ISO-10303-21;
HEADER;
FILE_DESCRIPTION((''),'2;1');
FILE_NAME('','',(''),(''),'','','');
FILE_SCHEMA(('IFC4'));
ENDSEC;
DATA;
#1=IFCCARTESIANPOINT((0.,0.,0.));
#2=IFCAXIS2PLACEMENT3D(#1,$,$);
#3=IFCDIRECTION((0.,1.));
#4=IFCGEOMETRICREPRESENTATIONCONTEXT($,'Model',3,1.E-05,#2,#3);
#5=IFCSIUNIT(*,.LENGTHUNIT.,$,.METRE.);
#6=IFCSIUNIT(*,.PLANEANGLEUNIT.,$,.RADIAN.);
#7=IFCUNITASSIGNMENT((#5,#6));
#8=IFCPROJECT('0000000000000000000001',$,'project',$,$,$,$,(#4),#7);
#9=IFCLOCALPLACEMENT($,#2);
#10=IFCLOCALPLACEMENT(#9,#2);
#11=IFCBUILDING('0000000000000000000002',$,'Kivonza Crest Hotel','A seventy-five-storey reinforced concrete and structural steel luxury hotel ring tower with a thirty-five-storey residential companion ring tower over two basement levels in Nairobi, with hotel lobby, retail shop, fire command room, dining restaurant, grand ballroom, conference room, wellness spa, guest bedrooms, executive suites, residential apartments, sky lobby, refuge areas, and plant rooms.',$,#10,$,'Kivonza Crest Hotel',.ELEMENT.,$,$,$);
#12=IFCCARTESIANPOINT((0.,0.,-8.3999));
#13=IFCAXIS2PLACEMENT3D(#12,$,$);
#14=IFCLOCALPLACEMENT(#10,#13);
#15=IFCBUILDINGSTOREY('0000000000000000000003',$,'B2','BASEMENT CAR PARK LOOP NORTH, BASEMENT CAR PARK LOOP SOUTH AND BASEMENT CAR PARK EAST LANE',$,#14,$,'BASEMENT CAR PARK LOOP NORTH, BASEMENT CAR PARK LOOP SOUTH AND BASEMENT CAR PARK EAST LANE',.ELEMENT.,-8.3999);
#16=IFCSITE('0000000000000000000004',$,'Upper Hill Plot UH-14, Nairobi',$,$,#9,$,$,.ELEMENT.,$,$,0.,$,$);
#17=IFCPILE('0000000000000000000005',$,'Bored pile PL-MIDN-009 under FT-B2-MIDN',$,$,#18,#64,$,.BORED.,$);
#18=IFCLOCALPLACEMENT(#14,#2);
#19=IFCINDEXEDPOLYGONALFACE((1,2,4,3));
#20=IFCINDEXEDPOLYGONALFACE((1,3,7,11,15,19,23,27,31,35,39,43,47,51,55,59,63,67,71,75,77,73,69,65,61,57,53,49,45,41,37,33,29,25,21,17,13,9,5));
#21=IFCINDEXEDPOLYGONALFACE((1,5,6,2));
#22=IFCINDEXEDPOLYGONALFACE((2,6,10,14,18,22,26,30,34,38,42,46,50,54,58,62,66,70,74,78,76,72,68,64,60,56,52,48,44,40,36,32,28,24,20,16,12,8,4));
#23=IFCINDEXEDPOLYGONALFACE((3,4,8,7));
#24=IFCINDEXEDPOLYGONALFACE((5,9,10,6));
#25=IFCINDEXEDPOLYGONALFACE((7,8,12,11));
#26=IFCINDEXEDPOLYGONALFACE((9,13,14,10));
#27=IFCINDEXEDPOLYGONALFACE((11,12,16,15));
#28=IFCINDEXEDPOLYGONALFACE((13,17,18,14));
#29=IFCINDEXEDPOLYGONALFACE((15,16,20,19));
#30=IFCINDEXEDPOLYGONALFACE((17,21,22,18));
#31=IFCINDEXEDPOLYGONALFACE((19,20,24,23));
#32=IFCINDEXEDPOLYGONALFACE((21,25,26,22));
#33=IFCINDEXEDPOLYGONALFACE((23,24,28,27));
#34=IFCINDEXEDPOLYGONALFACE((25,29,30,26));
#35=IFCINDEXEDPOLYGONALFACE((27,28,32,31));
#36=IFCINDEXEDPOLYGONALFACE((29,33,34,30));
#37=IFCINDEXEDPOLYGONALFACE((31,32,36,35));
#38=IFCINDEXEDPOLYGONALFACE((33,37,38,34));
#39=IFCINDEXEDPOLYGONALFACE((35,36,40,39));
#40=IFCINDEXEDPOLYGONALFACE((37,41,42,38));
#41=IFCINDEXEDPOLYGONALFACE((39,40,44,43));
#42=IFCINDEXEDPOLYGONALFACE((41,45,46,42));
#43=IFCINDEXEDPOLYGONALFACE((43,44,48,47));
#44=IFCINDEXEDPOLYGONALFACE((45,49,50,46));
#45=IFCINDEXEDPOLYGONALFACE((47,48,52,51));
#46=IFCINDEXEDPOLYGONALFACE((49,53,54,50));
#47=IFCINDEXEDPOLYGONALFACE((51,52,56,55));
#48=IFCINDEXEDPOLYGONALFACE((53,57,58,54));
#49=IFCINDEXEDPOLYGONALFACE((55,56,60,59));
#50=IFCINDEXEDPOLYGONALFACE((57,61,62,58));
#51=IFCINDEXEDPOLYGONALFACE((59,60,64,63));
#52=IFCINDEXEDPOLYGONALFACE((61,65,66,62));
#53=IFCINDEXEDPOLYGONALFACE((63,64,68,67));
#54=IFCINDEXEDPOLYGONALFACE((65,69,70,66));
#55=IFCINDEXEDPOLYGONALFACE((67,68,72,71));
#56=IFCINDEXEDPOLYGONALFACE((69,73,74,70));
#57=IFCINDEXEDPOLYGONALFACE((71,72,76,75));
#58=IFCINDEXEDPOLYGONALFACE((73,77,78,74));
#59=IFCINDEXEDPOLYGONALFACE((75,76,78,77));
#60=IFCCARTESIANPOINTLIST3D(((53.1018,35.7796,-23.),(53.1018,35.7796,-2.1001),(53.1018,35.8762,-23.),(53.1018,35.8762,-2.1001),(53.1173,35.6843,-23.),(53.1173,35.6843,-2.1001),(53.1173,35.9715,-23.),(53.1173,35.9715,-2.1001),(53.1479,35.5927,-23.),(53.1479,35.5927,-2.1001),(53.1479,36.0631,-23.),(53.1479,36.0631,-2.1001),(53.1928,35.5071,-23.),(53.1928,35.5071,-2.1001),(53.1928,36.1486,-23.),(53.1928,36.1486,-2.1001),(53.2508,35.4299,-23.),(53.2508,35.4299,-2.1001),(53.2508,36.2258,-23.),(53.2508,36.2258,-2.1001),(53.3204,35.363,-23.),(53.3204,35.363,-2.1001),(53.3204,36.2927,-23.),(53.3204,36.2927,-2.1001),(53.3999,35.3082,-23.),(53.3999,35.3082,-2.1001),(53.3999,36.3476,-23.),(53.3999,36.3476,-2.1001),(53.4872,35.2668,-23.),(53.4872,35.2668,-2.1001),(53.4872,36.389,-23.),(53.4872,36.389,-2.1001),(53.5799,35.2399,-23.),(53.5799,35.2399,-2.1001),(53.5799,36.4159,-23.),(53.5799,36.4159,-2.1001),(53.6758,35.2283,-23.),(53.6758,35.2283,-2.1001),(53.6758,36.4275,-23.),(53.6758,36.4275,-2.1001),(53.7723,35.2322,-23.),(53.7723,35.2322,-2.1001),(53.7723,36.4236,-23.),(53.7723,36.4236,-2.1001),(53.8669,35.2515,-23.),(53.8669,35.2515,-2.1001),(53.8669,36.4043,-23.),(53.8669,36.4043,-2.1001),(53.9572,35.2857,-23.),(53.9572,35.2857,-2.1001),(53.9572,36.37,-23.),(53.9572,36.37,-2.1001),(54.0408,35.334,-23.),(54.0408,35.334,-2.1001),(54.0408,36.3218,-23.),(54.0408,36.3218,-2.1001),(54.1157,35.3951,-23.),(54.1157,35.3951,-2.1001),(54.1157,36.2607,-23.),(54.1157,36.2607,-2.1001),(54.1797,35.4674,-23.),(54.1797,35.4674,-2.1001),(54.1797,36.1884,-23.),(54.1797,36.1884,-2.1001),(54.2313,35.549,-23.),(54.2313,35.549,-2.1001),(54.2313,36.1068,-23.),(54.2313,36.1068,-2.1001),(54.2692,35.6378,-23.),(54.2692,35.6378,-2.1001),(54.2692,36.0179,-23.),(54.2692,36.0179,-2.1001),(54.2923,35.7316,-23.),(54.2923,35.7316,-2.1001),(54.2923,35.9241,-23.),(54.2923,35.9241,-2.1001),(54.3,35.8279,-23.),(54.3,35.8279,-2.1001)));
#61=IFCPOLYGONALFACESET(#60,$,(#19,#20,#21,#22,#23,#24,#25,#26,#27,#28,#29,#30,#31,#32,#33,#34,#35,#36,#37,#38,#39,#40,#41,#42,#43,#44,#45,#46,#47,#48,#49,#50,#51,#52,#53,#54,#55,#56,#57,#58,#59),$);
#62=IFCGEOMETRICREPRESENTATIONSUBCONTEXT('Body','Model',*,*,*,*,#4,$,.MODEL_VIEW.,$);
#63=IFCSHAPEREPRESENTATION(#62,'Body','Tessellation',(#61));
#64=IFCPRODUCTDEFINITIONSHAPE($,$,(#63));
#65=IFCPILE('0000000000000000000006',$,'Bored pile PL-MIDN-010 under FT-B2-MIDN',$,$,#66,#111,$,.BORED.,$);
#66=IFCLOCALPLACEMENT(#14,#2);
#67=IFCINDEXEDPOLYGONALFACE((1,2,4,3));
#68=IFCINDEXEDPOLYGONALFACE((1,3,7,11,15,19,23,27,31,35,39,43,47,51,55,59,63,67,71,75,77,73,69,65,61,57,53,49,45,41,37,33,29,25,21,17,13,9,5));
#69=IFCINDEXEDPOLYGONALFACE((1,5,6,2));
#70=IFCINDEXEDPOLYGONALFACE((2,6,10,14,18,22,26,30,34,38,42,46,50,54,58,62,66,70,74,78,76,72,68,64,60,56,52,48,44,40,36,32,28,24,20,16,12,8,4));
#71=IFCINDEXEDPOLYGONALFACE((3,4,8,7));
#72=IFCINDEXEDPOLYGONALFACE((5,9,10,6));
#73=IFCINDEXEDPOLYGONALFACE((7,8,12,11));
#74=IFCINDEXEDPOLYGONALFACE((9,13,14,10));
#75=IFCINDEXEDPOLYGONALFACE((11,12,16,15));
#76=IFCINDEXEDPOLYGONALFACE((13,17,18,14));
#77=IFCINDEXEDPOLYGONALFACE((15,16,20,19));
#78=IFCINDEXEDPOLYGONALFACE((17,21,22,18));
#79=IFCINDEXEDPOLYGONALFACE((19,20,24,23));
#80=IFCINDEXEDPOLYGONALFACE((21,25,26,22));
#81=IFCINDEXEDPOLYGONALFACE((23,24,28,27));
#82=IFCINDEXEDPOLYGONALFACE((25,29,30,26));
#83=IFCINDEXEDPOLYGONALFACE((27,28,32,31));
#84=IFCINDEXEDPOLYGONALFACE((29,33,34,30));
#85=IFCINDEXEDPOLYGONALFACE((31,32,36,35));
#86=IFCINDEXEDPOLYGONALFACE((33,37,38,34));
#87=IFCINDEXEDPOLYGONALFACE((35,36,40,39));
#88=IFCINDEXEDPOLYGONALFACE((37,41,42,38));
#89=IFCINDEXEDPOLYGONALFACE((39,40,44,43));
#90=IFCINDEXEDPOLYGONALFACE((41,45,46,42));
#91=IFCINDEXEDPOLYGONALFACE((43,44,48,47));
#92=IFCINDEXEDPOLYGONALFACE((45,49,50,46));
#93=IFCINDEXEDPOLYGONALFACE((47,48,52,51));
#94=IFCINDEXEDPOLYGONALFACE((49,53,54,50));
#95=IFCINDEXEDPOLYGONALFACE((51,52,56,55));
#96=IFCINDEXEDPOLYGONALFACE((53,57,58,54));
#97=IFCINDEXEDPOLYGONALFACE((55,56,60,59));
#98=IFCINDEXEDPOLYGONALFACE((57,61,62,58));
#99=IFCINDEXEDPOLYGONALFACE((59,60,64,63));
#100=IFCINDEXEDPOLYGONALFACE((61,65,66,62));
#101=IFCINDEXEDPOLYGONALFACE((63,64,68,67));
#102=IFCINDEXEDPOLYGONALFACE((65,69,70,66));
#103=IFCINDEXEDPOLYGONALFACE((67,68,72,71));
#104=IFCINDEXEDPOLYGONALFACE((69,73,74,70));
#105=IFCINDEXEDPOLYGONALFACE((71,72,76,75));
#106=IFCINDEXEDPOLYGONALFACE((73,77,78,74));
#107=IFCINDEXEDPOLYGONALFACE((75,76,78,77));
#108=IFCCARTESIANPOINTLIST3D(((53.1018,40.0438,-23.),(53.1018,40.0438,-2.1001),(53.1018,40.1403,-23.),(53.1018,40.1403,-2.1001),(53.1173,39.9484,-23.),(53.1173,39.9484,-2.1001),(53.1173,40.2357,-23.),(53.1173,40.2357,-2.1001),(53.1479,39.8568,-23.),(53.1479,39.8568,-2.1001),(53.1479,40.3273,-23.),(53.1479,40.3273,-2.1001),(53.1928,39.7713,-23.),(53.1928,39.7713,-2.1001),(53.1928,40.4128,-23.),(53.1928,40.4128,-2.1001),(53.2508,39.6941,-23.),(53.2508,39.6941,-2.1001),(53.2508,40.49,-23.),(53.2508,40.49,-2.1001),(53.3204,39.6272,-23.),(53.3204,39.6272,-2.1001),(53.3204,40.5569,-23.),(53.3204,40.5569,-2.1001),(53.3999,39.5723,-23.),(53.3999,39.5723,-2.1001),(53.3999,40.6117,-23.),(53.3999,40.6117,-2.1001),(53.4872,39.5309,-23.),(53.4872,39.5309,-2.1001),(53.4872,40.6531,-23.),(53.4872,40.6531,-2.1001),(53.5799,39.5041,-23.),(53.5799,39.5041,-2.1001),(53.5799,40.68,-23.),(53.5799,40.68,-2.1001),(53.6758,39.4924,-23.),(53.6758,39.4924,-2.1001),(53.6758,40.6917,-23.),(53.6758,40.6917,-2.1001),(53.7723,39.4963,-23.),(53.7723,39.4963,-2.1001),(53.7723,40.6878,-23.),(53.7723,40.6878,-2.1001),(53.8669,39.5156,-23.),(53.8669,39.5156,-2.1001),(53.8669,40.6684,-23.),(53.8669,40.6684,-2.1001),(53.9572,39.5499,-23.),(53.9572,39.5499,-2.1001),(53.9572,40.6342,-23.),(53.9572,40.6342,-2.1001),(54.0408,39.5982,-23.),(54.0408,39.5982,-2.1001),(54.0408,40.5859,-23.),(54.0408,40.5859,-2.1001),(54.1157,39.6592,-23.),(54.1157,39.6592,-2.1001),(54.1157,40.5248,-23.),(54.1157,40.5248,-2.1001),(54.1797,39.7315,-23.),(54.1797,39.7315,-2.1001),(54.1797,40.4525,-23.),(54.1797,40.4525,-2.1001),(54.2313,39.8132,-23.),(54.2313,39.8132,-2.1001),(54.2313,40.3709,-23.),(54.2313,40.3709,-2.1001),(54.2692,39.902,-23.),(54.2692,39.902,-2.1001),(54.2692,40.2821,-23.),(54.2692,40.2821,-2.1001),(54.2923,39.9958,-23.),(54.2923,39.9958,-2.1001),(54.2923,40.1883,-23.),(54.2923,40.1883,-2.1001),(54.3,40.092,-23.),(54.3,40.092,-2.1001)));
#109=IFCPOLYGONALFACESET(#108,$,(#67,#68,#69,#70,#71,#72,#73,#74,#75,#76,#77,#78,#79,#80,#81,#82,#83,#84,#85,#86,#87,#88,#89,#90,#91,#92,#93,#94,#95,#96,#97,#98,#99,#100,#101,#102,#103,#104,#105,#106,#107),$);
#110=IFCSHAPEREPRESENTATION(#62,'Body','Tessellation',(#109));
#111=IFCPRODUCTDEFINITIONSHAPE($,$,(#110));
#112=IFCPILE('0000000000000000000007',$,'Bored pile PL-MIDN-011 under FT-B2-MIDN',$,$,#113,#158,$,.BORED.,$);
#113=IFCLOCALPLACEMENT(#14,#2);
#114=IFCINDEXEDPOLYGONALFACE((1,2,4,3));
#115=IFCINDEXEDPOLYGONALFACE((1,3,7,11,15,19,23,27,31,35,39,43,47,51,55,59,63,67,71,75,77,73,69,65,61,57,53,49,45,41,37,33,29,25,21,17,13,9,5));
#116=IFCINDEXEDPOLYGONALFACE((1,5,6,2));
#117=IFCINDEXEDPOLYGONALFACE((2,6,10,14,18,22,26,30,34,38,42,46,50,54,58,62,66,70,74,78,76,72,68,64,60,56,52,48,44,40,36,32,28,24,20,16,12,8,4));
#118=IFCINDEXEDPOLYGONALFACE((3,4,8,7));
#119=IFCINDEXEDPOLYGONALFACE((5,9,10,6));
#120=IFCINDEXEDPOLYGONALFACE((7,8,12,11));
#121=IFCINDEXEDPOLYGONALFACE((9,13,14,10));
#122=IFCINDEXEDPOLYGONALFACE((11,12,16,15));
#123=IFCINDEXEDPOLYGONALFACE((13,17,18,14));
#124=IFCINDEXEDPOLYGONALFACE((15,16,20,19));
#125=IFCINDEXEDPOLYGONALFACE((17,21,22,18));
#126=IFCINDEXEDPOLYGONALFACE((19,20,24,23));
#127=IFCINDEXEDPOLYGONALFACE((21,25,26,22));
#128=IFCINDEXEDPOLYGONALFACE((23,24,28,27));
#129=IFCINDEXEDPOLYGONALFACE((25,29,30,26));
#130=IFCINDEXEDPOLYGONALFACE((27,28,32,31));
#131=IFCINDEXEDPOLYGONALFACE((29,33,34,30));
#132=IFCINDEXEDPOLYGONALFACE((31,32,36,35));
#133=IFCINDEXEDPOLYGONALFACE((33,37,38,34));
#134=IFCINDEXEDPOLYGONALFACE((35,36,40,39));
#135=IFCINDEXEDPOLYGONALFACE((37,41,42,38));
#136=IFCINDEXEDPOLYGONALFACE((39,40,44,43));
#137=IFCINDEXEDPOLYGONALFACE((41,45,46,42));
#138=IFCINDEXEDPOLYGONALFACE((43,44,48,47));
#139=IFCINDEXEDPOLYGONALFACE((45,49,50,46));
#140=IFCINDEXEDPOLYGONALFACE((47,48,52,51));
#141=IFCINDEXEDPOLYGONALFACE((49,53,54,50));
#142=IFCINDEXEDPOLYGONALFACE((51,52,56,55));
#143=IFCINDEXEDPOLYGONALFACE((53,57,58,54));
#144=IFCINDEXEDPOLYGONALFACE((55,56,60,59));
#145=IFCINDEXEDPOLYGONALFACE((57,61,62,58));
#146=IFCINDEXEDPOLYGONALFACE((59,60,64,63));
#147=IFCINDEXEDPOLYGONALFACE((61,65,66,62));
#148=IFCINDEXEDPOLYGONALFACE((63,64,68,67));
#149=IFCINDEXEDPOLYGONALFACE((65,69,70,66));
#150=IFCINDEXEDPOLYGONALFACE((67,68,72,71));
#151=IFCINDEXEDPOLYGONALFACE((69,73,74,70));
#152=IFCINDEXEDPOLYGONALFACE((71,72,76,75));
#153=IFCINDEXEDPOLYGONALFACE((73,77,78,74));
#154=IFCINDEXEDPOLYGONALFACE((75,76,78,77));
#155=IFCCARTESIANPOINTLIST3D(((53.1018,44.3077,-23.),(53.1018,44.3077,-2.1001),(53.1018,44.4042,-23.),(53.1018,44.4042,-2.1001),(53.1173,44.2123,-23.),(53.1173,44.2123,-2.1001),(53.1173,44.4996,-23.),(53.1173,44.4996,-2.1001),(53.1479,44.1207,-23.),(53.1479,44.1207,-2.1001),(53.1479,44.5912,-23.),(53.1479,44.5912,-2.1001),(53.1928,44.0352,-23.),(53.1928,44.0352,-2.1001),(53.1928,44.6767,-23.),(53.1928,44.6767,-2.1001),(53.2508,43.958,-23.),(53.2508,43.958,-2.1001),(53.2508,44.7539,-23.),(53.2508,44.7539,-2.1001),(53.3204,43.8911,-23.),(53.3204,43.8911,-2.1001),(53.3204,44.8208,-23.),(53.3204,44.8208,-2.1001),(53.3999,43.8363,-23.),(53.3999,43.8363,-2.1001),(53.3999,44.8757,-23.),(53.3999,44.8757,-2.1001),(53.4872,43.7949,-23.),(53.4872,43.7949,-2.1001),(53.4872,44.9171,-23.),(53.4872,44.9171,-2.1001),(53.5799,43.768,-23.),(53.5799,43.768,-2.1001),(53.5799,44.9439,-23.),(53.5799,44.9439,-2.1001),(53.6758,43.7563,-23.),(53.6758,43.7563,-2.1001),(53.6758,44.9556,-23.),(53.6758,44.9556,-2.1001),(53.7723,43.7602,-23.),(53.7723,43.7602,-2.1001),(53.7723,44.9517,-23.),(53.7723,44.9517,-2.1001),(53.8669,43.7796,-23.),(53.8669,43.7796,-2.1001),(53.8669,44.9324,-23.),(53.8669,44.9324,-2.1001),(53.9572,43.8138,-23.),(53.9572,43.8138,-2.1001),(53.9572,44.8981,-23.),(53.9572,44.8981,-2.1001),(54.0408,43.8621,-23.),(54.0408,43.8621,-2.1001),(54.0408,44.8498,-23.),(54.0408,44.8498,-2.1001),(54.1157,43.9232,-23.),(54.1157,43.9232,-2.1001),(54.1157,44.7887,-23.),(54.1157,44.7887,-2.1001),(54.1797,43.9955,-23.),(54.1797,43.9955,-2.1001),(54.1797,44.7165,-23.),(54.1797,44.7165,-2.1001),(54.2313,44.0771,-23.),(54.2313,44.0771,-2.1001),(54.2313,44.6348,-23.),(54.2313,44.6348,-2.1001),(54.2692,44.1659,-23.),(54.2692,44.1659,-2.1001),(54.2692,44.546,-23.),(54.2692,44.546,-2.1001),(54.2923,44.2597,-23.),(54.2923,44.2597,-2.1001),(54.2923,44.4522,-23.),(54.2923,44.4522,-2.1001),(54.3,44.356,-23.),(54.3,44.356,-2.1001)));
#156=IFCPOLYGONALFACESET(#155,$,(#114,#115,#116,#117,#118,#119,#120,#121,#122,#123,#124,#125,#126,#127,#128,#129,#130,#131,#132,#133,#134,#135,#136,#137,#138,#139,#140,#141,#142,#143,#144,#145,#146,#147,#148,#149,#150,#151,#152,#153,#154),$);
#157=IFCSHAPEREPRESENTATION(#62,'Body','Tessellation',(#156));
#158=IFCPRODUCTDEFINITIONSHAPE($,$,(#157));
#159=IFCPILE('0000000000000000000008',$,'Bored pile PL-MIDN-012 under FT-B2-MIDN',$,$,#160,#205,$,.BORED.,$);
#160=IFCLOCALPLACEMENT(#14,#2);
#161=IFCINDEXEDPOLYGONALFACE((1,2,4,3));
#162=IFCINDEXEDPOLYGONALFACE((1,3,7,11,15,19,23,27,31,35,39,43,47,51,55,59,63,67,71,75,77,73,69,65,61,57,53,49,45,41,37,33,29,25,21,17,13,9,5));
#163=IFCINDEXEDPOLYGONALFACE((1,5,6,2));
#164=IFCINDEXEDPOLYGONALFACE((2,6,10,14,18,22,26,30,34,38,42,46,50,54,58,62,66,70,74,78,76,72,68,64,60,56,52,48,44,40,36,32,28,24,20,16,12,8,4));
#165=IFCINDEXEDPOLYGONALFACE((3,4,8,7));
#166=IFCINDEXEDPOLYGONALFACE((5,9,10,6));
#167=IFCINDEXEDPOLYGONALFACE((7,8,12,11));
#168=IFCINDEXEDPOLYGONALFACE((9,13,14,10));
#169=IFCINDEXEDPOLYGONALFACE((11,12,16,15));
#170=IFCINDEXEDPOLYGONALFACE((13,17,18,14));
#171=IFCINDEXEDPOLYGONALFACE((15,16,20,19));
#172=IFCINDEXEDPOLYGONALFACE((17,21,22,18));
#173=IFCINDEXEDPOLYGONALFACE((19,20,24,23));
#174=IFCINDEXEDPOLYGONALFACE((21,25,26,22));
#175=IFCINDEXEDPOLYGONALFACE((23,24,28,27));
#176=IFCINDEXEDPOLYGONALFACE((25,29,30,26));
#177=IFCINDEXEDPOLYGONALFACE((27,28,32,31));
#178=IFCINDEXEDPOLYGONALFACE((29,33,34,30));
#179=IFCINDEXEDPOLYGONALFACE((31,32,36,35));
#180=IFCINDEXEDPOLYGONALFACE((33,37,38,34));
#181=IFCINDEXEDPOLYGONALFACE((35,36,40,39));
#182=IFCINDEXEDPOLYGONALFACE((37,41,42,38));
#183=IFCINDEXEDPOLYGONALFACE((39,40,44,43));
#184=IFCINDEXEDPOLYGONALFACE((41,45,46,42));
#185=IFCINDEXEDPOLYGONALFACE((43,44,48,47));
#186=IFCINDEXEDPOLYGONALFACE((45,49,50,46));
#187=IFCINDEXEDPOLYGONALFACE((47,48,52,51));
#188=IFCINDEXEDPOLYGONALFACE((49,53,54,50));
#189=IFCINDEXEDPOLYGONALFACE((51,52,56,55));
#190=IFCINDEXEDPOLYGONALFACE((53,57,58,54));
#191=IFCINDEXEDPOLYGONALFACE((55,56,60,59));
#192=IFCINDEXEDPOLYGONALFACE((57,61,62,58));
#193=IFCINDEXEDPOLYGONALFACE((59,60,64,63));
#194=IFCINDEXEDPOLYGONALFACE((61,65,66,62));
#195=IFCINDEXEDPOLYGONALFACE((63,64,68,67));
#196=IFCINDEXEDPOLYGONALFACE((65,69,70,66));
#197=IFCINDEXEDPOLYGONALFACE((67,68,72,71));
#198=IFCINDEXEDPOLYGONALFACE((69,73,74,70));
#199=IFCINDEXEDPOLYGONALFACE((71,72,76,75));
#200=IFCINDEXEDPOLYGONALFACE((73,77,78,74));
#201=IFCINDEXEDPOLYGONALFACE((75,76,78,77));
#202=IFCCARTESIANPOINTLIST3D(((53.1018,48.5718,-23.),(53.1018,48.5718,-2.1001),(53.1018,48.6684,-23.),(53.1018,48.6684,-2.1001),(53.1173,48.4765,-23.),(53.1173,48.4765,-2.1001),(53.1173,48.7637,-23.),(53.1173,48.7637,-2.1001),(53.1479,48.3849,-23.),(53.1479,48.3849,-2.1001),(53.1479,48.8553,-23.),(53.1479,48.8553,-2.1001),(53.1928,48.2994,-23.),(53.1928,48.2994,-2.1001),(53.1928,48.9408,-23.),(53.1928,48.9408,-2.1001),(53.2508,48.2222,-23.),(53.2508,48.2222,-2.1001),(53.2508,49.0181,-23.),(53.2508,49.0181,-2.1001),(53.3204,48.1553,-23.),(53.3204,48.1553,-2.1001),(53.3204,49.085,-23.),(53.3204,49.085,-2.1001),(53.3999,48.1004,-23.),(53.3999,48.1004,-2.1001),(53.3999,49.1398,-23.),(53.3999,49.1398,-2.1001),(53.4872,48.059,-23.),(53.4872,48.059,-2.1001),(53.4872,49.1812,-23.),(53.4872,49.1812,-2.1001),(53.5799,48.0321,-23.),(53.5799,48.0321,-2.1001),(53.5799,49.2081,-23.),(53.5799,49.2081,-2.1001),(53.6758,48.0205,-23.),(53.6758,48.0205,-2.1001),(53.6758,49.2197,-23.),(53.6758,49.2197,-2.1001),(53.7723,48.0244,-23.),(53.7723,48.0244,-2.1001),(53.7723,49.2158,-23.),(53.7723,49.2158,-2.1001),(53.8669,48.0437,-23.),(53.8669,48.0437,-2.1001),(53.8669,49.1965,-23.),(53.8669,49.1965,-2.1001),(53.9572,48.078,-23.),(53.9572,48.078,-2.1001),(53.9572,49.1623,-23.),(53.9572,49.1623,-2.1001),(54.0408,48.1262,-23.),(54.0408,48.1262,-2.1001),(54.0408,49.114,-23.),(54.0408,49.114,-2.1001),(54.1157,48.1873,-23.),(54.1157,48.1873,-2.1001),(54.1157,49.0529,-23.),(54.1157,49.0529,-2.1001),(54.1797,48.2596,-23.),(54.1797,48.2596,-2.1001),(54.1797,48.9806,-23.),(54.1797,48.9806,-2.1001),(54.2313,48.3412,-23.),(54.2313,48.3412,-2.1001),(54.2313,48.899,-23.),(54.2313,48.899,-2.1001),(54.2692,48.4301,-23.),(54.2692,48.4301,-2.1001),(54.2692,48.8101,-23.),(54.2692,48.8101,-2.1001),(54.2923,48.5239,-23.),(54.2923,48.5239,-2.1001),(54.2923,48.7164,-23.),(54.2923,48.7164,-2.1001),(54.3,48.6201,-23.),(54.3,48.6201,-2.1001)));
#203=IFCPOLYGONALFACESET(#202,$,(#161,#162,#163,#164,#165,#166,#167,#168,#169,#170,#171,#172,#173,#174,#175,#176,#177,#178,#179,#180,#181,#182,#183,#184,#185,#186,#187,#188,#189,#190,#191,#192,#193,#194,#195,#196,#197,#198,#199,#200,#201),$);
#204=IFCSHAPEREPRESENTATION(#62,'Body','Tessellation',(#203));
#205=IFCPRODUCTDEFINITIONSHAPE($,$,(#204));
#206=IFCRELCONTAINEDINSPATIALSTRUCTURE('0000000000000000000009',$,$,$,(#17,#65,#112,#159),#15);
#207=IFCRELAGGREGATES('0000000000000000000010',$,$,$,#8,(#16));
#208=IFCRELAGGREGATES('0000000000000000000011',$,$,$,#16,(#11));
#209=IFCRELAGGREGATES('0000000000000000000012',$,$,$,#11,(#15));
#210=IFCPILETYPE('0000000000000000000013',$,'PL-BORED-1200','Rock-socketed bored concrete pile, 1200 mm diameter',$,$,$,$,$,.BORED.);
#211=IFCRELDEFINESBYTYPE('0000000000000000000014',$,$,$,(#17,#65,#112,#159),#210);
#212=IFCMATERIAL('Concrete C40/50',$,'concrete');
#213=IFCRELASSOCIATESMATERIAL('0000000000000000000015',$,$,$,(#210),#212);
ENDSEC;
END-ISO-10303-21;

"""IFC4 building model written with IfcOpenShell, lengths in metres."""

from ifc_helpers import new_model, si_unit, direction, frame, origin, origin_2d, place, context, subcontext, project, spatial, circle, extrude, material, material_profile, profile_set, type_object, element, save


model = new_model("IFC4")

# Units and contexts
model_context = context("Model", 3, precision=1e-05, world=origin(), true_north=direction((0.0, 1.0)))
body_context = subcontext(model_context, "Body", "Model", "MODEL_VIEW")
ifc_project = project(units=[si_unit("LENGTHUNIT", "METRE"), si_unit("PLANEANGLEUNIT", "RADIAN")], contexts=[model_context])

# Site, building, storey
site_placement = place(None, origin())
site = spatial("IfcSite", under=ifc_project, at=site_placement, Name="Upper Hill Plot UH-14, Nairobi", CompositionType="ELEMENT", RefElevation=0.0)
building_placement = place(site_placement, origin())
building = spatial("IfcBuilding", under=site, at=building_placement, Name="Kivonza Crest Hotel", Description="A seventy-five-storey reinforced concrete and structural steel luxury hotel ring tower with a thirty-five-storey residential companion ring tower over two basement levels in Nairobi, with hotel lobby, retail shop, fire command room, dining restaurant, grand ballroom, conference room, wellness spa, guest bedrooms, executive suites, residential apartments, sky lobby, refuge areas, and plant rooms.", LongName="Kivonza Crest Hotel", CompositionType="ELEMENT")
storey_placement = place(building_placement, frame((0.0, 0.0, -8.3999)))
storey = spatial("IfcBuildingStorey", under=building, at=storey_placement, Name="B2", Description="BASEMENT CAR PARK LOOP NORTH, BASEMENT CAR PARK LOOP SOUTH AND BASEMENT CAR PARK EAST LANE", LongName="BASEMENT CAR PARK LOOP NORTH, BASEMENT CAR PARK LOOP SOUTH AND BASEMENT CAR PARK EAST LANE", CompositionType="ELEMENT", Elevation=-8.3999)

# Piles
ifc_material_1 = material(Name="Concrete C40/50", Category="concrete")
ifc_material_profile_1 = material_profile(ifc_material_1, circle(Radius=0.6001, at=origin_2d()), Name="PILE D1200")
ifc_profile_set_1 = profile_set([ifc_material_profile_1], Name="Concrete C40/50")
pile_type_1 = type_object("IfcPileType", Name="PL-BORED-1200", Description="Rock-socketed bored concrete pile, 1200 mm diameter", PredefinedType="BORED", material=ifc_profile_set_1)
for number, where, z_axis, x_axis, name in (
    (1, (53.7, 35.8279, -2.1001), (0.0, 0.0, -1.0), (1.0, 0.0, 0.0), "Bored pile PL-MIDN-009 under FT-B2-MIDN"),
    (2, (53.7, 40.092, -2.1001), (0.0, 0.0, -1.0), (1.0, 0.0, 0.0), "Bored pile PL-MIDN-010 under FT-B2-MIDN"),
    (3, (53.7, 44.356, -2.1001), (0.0, 0.0, -1.0), (1.0, 0.0, 0.0), "Bored pile PL-MIDN-011 under FT-B2-MIDN"),
    (4, (53.7, 48.6201, -2.1001), (0.0, 0.0, -1.0), (1.0, 0.0, 0.0), "Bored pile PL-MIDN-012 under FT-B2-MIDN"),
):
    element("IfcPile", number, at=place(storey_placement, frame(where, z_axis=z_axis, x_axis=x_axis)), inside=storey, type_object=pile_type_1, Name=name, PredefinedType="BORED", context=body_context, shape_type="SweptSolid", body=[
        extrude(circle(Radius=0.6001, at=origin_2d()), origin(), (0.0, 0.0, 1.0), 20.8999),
    ])

save(model, "model.ifc")
